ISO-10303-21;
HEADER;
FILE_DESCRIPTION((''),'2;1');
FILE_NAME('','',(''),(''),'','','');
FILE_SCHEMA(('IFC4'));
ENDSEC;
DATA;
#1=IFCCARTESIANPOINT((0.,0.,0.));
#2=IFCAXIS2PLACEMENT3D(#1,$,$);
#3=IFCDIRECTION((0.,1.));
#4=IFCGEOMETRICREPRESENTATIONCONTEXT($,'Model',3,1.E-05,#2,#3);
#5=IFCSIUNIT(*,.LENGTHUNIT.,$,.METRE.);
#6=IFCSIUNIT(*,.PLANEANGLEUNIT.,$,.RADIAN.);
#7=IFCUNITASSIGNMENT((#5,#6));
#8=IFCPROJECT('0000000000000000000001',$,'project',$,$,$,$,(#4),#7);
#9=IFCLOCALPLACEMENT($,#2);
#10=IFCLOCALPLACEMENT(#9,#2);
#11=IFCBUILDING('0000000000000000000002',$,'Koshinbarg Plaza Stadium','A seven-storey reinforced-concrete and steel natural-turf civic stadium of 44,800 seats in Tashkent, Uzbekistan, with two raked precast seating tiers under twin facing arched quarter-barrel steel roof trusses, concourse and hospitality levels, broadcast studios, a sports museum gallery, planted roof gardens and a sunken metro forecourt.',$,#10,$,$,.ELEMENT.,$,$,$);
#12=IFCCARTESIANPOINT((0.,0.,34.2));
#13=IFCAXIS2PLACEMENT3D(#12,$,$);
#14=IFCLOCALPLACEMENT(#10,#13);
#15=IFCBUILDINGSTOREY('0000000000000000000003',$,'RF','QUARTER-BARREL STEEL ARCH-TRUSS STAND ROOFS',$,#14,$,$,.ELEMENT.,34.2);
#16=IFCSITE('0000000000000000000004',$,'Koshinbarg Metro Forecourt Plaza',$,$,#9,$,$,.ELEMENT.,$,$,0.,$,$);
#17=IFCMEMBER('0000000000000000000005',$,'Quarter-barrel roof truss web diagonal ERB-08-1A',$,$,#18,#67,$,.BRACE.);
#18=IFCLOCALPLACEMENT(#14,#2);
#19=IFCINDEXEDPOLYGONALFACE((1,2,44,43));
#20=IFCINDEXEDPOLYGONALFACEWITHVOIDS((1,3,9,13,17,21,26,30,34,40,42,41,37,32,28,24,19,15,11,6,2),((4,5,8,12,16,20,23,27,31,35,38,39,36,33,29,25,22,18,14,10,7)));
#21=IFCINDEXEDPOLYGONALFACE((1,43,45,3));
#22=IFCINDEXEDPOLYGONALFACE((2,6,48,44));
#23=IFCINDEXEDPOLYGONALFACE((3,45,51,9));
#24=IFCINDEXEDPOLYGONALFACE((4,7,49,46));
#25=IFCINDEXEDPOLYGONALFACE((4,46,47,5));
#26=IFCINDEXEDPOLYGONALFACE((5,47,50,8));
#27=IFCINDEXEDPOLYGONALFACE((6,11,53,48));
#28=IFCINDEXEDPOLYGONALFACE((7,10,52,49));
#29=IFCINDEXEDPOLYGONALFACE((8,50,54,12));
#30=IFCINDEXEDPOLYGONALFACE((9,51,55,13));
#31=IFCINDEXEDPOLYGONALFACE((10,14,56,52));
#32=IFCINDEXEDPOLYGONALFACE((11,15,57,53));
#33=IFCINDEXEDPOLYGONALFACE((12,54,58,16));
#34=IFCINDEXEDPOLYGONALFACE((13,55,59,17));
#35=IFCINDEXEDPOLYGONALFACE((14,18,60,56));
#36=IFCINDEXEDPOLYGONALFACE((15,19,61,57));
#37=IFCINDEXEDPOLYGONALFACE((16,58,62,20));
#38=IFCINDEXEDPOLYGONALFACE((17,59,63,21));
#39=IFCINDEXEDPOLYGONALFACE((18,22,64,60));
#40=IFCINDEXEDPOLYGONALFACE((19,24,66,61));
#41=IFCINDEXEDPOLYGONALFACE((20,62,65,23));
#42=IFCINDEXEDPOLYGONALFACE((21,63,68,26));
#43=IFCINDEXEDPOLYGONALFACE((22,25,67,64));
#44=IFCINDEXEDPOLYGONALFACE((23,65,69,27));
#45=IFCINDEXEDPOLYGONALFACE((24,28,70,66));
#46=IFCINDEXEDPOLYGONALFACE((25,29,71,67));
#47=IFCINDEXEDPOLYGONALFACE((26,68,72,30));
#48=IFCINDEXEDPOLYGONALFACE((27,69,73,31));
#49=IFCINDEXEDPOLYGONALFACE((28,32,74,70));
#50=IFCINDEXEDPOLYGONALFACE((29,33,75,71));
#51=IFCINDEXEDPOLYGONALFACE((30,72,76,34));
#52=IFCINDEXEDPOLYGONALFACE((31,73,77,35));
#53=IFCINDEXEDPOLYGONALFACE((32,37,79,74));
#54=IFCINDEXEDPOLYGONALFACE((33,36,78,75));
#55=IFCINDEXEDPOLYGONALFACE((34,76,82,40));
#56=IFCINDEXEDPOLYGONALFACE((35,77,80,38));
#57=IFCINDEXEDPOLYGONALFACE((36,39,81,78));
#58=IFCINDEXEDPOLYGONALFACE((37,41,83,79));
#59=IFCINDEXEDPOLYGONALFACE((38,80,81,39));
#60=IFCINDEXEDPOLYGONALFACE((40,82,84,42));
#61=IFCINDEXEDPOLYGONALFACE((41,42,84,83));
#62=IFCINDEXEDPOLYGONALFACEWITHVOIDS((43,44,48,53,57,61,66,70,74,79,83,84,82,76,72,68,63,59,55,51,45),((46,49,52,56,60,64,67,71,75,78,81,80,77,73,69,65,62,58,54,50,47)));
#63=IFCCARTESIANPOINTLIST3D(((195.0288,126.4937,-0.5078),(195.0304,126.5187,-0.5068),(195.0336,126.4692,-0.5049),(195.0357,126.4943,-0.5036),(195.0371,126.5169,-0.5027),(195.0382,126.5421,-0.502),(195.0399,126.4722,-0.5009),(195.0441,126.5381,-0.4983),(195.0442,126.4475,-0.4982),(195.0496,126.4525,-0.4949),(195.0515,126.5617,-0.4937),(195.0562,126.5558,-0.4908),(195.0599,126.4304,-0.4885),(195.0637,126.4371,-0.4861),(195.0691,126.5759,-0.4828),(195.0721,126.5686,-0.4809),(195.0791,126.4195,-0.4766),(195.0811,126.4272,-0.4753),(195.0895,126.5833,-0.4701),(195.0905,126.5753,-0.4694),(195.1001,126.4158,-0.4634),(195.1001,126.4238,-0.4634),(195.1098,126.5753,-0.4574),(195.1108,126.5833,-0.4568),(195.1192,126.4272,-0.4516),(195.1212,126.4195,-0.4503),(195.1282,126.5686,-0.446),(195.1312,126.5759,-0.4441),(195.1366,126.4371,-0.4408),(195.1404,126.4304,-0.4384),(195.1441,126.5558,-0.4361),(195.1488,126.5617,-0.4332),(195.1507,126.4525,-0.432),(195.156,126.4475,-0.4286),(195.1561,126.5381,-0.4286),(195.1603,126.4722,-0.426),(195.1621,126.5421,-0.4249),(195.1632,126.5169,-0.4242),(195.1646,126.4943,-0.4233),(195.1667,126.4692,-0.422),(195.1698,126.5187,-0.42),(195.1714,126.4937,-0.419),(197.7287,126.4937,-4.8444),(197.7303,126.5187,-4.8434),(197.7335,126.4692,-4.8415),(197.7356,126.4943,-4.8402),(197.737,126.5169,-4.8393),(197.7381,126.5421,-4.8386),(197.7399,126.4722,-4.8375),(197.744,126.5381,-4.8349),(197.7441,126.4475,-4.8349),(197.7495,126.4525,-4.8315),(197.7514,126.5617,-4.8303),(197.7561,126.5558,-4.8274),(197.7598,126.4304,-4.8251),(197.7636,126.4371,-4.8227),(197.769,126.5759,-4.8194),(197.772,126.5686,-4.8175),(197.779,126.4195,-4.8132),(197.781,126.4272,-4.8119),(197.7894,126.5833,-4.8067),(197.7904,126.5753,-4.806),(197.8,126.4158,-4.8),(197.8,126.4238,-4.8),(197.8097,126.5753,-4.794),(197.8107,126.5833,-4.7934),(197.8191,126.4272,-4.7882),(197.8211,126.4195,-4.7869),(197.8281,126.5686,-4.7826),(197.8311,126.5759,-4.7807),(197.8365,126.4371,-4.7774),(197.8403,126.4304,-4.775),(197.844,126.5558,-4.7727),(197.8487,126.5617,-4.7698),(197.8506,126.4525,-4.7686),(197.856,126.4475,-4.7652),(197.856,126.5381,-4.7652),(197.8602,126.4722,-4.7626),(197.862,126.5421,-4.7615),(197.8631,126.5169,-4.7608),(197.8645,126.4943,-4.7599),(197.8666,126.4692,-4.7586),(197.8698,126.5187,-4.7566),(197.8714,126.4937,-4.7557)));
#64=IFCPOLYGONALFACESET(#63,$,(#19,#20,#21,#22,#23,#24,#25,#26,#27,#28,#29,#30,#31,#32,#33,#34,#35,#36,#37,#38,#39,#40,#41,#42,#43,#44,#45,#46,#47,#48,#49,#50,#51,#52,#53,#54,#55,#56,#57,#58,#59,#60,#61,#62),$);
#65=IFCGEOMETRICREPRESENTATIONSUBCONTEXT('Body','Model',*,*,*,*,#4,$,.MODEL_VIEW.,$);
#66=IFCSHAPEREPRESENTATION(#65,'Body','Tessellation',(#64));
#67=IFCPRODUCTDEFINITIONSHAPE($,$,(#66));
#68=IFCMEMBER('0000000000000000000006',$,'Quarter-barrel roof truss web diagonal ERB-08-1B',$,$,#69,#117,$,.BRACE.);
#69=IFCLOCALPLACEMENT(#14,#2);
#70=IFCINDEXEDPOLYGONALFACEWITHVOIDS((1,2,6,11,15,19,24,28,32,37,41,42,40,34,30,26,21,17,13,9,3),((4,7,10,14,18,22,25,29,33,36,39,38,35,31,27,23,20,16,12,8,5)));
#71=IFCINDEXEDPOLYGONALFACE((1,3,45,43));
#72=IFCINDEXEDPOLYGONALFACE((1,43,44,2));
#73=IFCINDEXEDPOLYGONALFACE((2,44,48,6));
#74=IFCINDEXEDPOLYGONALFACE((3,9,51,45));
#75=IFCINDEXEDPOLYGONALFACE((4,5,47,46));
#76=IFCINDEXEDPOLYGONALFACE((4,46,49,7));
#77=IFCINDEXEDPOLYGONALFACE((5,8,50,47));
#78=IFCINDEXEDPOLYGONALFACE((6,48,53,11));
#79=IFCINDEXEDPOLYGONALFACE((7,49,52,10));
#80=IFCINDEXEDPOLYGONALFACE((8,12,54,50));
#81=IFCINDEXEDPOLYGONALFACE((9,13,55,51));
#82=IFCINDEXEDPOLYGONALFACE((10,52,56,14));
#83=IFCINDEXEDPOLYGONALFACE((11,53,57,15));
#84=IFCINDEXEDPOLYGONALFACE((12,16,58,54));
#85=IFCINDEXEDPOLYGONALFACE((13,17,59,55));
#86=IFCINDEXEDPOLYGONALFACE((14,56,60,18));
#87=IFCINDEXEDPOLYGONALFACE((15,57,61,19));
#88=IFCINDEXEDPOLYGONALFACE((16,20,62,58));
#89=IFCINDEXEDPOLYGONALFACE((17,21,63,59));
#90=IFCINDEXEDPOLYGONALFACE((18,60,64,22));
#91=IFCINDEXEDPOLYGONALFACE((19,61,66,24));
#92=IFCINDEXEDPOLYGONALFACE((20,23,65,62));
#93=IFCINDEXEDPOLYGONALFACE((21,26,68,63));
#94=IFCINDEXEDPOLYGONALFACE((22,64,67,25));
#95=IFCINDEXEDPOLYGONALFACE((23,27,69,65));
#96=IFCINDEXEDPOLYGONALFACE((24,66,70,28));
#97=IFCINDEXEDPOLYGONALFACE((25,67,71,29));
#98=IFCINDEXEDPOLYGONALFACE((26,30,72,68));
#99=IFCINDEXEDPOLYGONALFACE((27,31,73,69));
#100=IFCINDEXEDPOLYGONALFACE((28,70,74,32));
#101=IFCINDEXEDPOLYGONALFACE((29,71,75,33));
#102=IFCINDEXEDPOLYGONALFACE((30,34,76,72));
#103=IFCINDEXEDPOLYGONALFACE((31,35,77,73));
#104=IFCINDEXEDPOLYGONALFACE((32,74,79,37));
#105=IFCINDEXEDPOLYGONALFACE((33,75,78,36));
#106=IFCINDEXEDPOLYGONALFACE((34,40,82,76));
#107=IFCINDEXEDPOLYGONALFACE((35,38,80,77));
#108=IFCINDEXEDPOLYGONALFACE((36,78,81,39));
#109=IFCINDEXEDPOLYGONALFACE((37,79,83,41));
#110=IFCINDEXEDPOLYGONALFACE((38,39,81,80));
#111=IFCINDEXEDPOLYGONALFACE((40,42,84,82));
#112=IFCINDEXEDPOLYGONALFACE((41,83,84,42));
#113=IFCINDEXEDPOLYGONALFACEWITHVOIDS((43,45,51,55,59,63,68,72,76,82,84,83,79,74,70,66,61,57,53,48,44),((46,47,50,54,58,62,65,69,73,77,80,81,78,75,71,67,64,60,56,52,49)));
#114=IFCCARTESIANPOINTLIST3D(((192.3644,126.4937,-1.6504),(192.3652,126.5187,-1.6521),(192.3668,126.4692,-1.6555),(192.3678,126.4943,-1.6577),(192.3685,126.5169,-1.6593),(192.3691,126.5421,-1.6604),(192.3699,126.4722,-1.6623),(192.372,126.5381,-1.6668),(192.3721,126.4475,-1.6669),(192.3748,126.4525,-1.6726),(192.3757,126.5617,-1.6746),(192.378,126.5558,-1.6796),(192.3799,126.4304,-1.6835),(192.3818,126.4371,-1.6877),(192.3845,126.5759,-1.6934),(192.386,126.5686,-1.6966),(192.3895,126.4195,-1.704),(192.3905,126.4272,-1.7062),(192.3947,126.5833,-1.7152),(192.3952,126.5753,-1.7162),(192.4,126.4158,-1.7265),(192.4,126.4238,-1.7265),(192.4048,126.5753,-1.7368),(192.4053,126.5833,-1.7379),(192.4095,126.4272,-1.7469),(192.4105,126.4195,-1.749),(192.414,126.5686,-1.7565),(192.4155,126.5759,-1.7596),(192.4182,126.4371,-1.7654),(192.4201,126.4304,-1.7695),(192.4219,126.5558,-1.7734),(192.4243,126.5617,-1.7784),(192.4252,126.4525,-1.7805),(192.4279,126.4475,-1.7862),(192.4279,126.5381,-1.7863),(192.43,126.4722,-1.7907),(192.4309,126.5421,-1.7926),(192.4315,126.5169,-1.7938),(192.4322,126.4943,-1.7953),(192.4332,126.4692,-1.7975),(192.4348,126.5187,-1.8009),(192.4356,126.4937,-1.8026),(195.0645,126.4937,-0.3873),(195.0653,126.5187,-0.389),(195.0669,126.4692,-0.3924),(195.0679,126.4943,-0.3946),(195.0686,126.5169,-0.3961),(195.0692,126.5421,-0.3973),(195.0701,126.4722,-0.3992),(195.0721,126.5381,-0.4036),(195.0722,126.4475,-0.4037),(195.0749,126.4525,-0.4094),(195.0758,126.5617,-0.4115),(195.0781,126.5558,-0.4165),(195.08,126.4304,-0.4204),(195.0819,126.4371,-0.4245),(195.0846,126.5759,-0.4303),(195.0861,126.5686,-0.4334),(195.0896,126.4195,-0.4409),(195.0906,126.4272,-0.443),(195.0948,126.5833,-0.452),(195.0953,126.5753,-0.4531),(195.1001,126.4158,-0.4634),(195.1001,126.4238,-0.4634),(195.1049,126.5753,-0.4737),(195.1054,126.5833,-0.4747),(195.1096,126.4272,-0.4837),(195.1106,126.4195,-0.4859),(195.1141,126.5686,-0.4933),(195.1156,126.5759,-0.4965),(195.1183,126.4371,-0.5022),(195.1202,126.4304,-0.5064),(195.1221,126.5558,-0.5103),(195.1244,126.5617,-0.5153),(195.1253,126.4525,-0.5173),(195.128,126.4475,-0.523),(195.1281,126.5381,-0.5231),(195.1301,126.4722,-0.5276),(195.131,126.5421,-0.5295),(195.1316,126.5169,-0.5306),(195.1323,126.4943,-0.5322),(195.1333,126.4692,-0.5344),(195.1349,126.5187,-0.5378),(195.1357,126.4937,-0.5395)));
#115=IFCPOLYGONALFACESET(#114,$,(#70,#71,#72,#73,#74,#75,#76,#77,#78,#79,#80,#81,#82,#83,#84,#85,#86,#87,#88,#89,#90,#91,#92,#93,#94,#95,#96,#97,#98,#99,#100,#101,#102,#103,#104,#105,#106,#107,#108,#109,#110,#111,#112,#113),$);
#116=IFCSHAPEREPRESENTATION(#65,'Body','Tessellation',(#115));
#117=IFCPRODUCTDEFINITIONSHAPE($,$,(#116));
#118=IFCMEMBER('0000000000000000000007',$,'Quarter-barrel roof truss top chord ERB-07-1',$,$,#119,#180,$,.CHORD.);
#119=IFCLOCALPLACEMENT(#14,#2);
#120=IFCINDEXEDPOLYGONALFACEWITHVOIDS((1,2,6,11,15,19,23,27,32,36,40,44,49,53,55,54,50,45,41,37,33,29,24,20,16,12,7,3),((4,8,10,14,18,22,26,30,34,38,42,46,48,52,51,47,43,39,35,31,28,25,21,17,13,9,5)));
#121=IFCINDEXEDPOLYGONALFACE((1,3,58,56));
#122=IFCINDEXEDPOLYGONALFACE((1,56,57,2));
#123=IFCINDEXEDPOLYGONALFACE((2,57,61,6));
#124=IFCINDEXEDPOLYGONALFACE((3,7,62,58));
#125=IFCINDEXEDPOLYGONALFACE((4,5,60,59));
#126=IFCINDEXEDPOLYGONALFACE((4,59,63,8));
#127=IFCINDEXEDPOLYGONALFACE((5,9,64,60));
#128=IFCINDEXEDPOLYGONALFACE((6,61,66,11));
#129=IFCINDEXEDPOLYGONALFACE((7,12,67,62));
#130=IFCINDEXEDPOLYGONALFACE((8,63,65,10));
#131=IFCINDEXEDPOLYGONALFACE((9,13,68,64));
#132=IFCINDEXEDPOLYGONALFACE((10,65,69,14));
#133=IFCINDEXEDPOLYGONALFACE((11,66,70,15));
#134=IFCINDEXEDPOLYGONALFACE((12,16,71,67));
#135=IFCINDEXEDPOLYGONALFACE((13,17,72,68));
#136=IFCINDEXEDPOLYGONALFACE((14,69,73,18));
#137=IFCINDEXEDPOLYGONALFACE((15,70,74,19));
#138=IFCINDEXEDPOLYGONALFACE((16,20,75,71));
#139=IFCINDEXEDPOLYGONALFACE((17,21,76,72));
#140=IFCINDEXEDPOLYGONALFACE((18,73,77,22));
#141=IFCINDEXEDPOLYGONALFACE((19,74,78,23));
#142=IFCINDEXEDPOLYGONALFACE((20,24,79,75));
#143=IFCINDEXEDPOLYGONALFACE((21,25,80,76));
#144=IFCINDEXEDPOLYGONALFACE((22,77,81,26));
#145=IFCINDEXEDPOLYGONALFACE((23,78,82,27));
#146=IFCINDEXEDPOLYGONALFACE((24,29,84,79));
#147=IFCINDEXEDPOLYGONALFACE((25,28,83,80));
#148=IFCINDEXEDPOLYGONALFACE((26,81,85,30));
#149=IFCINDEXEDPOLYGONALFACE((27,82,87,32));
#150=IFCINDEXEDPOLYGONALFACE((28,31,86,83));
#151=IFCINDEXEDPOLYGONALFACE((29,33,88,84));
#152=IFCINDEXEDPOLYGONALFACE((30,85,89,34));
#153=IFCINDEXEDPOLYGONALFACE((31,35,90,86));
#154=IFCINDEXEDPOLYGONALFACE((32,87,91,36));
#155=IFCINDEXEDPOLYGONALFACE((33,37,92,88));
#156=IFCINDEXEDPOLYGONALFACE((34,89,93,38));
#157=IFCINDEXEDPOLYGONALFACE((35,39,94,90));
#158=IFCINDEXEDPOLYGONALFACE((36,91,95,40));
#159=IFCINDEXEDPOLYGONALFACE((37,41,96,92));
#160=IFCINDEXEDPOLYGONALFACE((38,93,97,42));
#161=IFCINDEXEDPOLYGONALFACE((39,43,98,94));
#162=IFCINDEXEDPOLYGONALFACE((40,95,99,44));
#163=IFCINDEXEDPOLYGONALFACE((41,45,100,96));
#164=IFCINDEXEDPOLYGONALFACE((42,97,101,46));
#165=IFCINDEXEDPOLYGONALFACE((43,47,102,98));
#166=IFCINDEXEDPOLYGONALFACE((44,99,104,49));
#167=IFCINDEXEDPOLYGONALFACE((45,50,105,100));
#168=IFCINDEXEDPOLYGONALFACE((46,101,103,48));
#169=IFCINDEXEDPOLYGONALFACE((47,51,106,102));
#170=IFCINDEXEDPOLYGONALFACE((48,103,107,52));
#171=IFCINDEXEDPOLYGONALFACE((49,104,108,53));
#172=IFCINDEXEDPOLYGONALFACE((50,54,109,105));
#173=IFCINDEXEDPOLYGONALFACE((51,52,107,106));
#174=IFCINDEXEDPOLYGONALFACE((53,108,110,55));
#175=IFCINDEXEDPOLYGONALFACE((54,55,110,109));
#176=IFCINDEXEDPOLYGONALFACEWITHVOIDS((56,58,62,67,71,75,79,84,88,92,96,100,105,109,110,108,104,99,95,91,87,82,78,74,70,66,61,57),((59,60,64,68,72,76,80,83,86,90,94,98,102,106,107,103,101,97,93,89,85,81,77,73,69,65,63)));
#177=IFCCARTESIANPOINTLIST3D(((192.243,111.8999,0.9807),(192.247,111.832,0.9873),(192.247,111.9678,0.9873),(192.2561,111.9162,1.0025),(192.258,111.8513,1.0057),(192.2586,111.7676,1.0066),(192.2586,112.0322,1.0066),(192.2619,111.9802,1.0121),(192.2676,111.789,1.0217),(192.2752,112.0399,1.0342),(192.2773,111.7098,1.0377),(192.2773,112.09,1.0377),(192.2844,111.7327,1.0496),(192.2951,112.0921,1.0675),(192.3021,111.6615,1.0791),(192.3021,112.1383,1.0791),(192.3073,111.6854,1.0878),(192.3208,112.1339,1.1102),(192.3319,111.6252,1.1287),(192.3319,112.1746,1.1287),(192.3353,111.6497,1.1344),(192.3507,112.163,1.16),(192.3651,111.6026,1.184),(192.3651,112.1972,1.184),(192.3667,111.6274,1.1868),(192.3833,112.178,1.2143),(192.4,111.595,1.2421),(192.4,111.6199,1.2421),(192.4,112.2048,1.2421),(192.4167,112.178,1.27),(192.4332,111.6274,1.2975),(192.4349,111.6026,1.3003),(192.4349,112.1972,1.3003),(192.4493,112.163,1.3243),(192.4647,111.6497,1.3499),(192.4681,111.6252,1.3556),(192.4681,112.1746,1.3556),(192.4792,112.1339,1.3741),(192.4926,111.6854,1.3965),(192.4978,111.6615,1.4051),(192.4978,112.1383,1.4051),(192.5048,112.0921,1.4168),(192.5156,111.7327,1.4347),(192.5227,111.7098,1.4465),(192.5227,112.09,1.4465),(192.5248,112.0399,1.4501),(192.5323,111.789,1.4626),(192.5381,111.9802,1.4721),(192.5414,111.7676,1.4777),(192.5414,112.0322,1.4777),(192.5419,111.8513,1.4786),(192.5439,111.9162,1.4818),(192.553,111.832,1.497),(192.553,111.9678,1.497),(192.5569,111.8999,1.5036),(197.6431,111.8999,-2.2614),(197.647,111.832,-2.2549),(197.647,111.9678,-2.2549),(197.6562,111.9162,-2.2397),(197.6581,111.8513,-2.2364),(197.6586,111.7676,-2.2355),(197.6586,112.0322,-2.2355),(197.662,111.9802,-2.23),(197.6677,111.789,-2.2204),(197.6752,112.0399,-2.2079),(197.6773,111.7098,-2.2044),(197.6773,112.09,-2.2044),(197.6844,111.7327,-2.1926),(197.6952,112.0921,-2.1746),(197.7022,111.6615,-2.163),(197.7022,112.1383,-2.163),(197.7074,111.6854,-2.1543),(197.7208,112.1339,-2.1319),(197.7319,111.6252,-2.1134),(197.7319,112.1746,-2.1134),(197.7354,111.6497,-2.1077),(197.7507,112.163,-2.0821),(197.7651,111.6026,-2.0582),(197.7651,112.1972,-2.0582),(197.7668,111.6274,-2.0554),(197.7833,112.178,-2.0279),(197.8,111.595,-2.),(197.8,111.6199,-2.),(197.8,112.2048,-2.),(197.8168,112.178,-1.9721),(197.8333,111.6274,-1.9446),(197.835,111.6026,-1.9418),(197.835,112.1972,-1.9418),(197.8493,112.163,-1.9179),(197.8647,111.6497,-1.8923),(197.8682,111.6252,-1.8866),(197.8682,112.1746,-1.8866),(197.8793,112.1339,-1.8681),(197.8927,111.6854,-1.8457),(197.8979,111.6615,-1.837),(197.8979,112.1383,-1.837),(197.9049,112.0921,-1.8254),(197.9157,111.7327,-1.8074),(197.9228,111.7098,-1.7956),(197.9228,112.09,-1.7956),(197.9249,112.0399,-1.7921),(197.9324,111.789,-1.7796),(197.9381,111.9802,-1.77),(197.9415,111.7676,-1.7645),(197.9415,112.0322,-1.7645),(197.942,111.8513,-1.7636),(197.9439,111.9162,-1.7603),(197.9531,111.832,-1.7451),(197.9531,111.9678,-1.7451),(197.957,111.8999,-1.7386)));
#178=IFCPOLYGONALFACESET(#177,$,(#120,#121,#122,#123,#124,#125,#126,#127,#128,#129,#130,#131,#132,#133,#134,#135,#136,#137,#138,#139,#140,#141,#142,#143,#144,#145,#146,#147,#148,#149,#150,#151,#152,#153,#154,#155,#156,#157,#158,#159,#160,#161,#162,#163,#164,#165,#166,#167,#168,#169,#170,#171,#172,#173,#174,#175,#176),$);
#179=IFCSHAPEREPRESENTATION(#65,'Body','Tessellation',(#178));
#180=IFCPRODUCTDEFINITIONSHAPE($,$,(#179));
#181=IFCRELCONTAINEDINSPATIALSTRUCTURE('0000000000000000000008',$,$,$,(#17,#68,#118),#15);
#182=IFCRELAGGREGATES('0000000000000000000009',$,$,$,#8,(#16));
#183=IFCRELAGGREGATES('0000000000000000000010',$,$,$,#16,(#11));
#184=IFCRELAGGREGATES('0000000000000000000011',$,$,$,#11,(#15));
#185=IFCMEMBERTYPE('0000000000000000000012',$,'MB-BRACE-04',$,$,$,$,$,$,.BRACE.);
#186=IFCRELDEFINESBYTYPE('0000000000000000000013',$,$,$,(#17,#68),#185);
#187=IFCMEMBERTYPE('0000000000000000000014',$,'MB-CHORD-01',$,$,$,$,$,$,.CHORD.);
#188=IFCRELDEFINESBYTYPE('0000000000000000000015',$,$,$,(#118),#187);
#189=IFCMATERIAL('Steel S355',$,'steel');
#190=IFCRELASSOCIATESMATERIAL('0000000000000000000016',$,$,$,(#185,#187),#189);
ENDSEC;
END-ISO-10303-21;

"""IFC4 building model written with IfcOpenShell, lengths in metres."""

from ifc_helpers import new_model, si_unit, direction, frame, origin, origin_2d, place, context, subcontext, project, spatial, hollow_circle, extrude, material, material_profile, profile_set, type_object, element, save


model = new_model("IFC4")

# Units and contexts
model_context = context("Model", 3, precision=1e-05, world=origin(), true_north=direction((0.0, 1.0)))
body_context = subcontext(model_context, "Body", "Model", "MODEL_VIEW")
ifc_project = project(units=[si_unit("LENGTHUNIT", "METRE"), si_unit("PLANEANGLEUNIT", "RADIAN")], contexts=[model_context])

# Site, building, storey
site_placement = place(None, origin())
site = spatial("IfcSite", under=ifc_project, at=site_placement, Name="Koshinbarg Metro Forecourt Plaza", CompositionType="ELEMENT", RefElevation=0.0)
building_placement = place(site_placement, origin())
building = spatial("IfcBuilding", under=site, at=building_placement, Name="Koshinbarg Plaza Stadium", Description="A seven-storey reinforced-concrete and steel natural-turf civic stadium of 44,800 seats in Tashkent, Uzbekistan, with two raked precast seating tiers under twin facing arched quarter-barrel steel roof trusses, concourse and hospitality levels, broadcast studios, a sports museum gallery, planted roof gardens and a sunken metro forecourt.", CompositionType="ELEMENT")
storey_placement = place(building_placement, frame((0.0, 0.0, 34.2)))
storey = spatial("IfcBuildingStorey", under=building, at=storey_placement, Name="RF", Description="QUARTER-BARREL STEEL ARCH-TRUSS STAND ROOFS", CompositionType="ELEMENT", Elevation=34.2)

# Members
ifc_material_1 = material(Name="Steel S355", Category="steel")
ifc_material_profile_1 = material_profile(ifc_material_1, hollow_circle(Radius=0.0842, WallThickness=0.0081, at=origin_2d()), Name="CHS 168.3x8")
ifc_profile_set_1 = profile_set([ifc_material_profile_1], Name="Steel S355")
member_type_1 = type_object("IfcMemberType", Name="MB-BRACE-04", PredefinedType="BRACE", material=ifc_profile_set_1)
member_1_placement = place(storey_placement, frame((197.8, 126.5, -4.8), z_axis=(-0.528525, 0.0, 0.848918), x_axis=(0.0, -1.0, 0.0)))
element("IfcMember", 1, at=member_1_placement, inside=storey, type_object=member_type_1, Name="Quarter-barrel roof truss web diagonal ERB-08-1A", PredefinedType="BRACE", context=body_context, shape_type="SweptSolid", body=[
    extrude(hollow_circle(Radius=0.0842, WallThickness=0.0081, at=origin_2d()), origin(), (0.0, 0.0, 1.0), 5.1084),
])
member_2_placement = place(storey_placement, frame((195.1001, 126.5, -0.4634), z_axis=(-0.905785, 0.0, -0.423737), x_axis=(0.0, -1.0, 0.0)))
element("IfcMember", 2, at=member_2_placement, inside=storey, type_object=member_type_1, Name="Quarter-barrel roof truss web diagonal ERB-08-1B", PredefinedType="BRACE", context=body_context, shape_type="SweptSolid", body=[
    extrude(hollow_circle(Radius=0.0842, WallThickness=0.0081, at=origin_2d()), origin(), (0.0, 0.0, 1.0), 2.981),
])
ifc_material_profile_2 = material_profile(ifc_material_1, hollow_circle(Radius=0.3049, WallThickness=0.0249, at=origin_2d()), Name="CHS 610x25")
ifc_profile_set_2 = profile_set([ifc_material_profile_2], Name="Steel S355")
member_type_2 = type_object("IfcMemberType", Name="MB-CHORD-01", PredefinedType="CHORD", material=ifc_profile_set_2)
member_3_placement = place(storey_placement, frame((197.8, 111.8999, -2.0), z_axis=(-0.857346, 0.0, 0.514741), x_axis=(0.0, -1.0, 0.0)))
element("IfcMember", 3, at=member_3_placement, inside=storey, type_object=member_type_2, Name="Quarter-barrel roof truss top chord ERB-07-1", PredefinedType="CHORD", context=body_context, shape_type="SweptSolid", body=[
    extrude(hollow_circle(Radius=0.3049, WallThickness=0.0249, at=origin_2d()), origin(), (0.0, 0.0, 1.0), 6.2986),
])

save(model, "model.ifc")
